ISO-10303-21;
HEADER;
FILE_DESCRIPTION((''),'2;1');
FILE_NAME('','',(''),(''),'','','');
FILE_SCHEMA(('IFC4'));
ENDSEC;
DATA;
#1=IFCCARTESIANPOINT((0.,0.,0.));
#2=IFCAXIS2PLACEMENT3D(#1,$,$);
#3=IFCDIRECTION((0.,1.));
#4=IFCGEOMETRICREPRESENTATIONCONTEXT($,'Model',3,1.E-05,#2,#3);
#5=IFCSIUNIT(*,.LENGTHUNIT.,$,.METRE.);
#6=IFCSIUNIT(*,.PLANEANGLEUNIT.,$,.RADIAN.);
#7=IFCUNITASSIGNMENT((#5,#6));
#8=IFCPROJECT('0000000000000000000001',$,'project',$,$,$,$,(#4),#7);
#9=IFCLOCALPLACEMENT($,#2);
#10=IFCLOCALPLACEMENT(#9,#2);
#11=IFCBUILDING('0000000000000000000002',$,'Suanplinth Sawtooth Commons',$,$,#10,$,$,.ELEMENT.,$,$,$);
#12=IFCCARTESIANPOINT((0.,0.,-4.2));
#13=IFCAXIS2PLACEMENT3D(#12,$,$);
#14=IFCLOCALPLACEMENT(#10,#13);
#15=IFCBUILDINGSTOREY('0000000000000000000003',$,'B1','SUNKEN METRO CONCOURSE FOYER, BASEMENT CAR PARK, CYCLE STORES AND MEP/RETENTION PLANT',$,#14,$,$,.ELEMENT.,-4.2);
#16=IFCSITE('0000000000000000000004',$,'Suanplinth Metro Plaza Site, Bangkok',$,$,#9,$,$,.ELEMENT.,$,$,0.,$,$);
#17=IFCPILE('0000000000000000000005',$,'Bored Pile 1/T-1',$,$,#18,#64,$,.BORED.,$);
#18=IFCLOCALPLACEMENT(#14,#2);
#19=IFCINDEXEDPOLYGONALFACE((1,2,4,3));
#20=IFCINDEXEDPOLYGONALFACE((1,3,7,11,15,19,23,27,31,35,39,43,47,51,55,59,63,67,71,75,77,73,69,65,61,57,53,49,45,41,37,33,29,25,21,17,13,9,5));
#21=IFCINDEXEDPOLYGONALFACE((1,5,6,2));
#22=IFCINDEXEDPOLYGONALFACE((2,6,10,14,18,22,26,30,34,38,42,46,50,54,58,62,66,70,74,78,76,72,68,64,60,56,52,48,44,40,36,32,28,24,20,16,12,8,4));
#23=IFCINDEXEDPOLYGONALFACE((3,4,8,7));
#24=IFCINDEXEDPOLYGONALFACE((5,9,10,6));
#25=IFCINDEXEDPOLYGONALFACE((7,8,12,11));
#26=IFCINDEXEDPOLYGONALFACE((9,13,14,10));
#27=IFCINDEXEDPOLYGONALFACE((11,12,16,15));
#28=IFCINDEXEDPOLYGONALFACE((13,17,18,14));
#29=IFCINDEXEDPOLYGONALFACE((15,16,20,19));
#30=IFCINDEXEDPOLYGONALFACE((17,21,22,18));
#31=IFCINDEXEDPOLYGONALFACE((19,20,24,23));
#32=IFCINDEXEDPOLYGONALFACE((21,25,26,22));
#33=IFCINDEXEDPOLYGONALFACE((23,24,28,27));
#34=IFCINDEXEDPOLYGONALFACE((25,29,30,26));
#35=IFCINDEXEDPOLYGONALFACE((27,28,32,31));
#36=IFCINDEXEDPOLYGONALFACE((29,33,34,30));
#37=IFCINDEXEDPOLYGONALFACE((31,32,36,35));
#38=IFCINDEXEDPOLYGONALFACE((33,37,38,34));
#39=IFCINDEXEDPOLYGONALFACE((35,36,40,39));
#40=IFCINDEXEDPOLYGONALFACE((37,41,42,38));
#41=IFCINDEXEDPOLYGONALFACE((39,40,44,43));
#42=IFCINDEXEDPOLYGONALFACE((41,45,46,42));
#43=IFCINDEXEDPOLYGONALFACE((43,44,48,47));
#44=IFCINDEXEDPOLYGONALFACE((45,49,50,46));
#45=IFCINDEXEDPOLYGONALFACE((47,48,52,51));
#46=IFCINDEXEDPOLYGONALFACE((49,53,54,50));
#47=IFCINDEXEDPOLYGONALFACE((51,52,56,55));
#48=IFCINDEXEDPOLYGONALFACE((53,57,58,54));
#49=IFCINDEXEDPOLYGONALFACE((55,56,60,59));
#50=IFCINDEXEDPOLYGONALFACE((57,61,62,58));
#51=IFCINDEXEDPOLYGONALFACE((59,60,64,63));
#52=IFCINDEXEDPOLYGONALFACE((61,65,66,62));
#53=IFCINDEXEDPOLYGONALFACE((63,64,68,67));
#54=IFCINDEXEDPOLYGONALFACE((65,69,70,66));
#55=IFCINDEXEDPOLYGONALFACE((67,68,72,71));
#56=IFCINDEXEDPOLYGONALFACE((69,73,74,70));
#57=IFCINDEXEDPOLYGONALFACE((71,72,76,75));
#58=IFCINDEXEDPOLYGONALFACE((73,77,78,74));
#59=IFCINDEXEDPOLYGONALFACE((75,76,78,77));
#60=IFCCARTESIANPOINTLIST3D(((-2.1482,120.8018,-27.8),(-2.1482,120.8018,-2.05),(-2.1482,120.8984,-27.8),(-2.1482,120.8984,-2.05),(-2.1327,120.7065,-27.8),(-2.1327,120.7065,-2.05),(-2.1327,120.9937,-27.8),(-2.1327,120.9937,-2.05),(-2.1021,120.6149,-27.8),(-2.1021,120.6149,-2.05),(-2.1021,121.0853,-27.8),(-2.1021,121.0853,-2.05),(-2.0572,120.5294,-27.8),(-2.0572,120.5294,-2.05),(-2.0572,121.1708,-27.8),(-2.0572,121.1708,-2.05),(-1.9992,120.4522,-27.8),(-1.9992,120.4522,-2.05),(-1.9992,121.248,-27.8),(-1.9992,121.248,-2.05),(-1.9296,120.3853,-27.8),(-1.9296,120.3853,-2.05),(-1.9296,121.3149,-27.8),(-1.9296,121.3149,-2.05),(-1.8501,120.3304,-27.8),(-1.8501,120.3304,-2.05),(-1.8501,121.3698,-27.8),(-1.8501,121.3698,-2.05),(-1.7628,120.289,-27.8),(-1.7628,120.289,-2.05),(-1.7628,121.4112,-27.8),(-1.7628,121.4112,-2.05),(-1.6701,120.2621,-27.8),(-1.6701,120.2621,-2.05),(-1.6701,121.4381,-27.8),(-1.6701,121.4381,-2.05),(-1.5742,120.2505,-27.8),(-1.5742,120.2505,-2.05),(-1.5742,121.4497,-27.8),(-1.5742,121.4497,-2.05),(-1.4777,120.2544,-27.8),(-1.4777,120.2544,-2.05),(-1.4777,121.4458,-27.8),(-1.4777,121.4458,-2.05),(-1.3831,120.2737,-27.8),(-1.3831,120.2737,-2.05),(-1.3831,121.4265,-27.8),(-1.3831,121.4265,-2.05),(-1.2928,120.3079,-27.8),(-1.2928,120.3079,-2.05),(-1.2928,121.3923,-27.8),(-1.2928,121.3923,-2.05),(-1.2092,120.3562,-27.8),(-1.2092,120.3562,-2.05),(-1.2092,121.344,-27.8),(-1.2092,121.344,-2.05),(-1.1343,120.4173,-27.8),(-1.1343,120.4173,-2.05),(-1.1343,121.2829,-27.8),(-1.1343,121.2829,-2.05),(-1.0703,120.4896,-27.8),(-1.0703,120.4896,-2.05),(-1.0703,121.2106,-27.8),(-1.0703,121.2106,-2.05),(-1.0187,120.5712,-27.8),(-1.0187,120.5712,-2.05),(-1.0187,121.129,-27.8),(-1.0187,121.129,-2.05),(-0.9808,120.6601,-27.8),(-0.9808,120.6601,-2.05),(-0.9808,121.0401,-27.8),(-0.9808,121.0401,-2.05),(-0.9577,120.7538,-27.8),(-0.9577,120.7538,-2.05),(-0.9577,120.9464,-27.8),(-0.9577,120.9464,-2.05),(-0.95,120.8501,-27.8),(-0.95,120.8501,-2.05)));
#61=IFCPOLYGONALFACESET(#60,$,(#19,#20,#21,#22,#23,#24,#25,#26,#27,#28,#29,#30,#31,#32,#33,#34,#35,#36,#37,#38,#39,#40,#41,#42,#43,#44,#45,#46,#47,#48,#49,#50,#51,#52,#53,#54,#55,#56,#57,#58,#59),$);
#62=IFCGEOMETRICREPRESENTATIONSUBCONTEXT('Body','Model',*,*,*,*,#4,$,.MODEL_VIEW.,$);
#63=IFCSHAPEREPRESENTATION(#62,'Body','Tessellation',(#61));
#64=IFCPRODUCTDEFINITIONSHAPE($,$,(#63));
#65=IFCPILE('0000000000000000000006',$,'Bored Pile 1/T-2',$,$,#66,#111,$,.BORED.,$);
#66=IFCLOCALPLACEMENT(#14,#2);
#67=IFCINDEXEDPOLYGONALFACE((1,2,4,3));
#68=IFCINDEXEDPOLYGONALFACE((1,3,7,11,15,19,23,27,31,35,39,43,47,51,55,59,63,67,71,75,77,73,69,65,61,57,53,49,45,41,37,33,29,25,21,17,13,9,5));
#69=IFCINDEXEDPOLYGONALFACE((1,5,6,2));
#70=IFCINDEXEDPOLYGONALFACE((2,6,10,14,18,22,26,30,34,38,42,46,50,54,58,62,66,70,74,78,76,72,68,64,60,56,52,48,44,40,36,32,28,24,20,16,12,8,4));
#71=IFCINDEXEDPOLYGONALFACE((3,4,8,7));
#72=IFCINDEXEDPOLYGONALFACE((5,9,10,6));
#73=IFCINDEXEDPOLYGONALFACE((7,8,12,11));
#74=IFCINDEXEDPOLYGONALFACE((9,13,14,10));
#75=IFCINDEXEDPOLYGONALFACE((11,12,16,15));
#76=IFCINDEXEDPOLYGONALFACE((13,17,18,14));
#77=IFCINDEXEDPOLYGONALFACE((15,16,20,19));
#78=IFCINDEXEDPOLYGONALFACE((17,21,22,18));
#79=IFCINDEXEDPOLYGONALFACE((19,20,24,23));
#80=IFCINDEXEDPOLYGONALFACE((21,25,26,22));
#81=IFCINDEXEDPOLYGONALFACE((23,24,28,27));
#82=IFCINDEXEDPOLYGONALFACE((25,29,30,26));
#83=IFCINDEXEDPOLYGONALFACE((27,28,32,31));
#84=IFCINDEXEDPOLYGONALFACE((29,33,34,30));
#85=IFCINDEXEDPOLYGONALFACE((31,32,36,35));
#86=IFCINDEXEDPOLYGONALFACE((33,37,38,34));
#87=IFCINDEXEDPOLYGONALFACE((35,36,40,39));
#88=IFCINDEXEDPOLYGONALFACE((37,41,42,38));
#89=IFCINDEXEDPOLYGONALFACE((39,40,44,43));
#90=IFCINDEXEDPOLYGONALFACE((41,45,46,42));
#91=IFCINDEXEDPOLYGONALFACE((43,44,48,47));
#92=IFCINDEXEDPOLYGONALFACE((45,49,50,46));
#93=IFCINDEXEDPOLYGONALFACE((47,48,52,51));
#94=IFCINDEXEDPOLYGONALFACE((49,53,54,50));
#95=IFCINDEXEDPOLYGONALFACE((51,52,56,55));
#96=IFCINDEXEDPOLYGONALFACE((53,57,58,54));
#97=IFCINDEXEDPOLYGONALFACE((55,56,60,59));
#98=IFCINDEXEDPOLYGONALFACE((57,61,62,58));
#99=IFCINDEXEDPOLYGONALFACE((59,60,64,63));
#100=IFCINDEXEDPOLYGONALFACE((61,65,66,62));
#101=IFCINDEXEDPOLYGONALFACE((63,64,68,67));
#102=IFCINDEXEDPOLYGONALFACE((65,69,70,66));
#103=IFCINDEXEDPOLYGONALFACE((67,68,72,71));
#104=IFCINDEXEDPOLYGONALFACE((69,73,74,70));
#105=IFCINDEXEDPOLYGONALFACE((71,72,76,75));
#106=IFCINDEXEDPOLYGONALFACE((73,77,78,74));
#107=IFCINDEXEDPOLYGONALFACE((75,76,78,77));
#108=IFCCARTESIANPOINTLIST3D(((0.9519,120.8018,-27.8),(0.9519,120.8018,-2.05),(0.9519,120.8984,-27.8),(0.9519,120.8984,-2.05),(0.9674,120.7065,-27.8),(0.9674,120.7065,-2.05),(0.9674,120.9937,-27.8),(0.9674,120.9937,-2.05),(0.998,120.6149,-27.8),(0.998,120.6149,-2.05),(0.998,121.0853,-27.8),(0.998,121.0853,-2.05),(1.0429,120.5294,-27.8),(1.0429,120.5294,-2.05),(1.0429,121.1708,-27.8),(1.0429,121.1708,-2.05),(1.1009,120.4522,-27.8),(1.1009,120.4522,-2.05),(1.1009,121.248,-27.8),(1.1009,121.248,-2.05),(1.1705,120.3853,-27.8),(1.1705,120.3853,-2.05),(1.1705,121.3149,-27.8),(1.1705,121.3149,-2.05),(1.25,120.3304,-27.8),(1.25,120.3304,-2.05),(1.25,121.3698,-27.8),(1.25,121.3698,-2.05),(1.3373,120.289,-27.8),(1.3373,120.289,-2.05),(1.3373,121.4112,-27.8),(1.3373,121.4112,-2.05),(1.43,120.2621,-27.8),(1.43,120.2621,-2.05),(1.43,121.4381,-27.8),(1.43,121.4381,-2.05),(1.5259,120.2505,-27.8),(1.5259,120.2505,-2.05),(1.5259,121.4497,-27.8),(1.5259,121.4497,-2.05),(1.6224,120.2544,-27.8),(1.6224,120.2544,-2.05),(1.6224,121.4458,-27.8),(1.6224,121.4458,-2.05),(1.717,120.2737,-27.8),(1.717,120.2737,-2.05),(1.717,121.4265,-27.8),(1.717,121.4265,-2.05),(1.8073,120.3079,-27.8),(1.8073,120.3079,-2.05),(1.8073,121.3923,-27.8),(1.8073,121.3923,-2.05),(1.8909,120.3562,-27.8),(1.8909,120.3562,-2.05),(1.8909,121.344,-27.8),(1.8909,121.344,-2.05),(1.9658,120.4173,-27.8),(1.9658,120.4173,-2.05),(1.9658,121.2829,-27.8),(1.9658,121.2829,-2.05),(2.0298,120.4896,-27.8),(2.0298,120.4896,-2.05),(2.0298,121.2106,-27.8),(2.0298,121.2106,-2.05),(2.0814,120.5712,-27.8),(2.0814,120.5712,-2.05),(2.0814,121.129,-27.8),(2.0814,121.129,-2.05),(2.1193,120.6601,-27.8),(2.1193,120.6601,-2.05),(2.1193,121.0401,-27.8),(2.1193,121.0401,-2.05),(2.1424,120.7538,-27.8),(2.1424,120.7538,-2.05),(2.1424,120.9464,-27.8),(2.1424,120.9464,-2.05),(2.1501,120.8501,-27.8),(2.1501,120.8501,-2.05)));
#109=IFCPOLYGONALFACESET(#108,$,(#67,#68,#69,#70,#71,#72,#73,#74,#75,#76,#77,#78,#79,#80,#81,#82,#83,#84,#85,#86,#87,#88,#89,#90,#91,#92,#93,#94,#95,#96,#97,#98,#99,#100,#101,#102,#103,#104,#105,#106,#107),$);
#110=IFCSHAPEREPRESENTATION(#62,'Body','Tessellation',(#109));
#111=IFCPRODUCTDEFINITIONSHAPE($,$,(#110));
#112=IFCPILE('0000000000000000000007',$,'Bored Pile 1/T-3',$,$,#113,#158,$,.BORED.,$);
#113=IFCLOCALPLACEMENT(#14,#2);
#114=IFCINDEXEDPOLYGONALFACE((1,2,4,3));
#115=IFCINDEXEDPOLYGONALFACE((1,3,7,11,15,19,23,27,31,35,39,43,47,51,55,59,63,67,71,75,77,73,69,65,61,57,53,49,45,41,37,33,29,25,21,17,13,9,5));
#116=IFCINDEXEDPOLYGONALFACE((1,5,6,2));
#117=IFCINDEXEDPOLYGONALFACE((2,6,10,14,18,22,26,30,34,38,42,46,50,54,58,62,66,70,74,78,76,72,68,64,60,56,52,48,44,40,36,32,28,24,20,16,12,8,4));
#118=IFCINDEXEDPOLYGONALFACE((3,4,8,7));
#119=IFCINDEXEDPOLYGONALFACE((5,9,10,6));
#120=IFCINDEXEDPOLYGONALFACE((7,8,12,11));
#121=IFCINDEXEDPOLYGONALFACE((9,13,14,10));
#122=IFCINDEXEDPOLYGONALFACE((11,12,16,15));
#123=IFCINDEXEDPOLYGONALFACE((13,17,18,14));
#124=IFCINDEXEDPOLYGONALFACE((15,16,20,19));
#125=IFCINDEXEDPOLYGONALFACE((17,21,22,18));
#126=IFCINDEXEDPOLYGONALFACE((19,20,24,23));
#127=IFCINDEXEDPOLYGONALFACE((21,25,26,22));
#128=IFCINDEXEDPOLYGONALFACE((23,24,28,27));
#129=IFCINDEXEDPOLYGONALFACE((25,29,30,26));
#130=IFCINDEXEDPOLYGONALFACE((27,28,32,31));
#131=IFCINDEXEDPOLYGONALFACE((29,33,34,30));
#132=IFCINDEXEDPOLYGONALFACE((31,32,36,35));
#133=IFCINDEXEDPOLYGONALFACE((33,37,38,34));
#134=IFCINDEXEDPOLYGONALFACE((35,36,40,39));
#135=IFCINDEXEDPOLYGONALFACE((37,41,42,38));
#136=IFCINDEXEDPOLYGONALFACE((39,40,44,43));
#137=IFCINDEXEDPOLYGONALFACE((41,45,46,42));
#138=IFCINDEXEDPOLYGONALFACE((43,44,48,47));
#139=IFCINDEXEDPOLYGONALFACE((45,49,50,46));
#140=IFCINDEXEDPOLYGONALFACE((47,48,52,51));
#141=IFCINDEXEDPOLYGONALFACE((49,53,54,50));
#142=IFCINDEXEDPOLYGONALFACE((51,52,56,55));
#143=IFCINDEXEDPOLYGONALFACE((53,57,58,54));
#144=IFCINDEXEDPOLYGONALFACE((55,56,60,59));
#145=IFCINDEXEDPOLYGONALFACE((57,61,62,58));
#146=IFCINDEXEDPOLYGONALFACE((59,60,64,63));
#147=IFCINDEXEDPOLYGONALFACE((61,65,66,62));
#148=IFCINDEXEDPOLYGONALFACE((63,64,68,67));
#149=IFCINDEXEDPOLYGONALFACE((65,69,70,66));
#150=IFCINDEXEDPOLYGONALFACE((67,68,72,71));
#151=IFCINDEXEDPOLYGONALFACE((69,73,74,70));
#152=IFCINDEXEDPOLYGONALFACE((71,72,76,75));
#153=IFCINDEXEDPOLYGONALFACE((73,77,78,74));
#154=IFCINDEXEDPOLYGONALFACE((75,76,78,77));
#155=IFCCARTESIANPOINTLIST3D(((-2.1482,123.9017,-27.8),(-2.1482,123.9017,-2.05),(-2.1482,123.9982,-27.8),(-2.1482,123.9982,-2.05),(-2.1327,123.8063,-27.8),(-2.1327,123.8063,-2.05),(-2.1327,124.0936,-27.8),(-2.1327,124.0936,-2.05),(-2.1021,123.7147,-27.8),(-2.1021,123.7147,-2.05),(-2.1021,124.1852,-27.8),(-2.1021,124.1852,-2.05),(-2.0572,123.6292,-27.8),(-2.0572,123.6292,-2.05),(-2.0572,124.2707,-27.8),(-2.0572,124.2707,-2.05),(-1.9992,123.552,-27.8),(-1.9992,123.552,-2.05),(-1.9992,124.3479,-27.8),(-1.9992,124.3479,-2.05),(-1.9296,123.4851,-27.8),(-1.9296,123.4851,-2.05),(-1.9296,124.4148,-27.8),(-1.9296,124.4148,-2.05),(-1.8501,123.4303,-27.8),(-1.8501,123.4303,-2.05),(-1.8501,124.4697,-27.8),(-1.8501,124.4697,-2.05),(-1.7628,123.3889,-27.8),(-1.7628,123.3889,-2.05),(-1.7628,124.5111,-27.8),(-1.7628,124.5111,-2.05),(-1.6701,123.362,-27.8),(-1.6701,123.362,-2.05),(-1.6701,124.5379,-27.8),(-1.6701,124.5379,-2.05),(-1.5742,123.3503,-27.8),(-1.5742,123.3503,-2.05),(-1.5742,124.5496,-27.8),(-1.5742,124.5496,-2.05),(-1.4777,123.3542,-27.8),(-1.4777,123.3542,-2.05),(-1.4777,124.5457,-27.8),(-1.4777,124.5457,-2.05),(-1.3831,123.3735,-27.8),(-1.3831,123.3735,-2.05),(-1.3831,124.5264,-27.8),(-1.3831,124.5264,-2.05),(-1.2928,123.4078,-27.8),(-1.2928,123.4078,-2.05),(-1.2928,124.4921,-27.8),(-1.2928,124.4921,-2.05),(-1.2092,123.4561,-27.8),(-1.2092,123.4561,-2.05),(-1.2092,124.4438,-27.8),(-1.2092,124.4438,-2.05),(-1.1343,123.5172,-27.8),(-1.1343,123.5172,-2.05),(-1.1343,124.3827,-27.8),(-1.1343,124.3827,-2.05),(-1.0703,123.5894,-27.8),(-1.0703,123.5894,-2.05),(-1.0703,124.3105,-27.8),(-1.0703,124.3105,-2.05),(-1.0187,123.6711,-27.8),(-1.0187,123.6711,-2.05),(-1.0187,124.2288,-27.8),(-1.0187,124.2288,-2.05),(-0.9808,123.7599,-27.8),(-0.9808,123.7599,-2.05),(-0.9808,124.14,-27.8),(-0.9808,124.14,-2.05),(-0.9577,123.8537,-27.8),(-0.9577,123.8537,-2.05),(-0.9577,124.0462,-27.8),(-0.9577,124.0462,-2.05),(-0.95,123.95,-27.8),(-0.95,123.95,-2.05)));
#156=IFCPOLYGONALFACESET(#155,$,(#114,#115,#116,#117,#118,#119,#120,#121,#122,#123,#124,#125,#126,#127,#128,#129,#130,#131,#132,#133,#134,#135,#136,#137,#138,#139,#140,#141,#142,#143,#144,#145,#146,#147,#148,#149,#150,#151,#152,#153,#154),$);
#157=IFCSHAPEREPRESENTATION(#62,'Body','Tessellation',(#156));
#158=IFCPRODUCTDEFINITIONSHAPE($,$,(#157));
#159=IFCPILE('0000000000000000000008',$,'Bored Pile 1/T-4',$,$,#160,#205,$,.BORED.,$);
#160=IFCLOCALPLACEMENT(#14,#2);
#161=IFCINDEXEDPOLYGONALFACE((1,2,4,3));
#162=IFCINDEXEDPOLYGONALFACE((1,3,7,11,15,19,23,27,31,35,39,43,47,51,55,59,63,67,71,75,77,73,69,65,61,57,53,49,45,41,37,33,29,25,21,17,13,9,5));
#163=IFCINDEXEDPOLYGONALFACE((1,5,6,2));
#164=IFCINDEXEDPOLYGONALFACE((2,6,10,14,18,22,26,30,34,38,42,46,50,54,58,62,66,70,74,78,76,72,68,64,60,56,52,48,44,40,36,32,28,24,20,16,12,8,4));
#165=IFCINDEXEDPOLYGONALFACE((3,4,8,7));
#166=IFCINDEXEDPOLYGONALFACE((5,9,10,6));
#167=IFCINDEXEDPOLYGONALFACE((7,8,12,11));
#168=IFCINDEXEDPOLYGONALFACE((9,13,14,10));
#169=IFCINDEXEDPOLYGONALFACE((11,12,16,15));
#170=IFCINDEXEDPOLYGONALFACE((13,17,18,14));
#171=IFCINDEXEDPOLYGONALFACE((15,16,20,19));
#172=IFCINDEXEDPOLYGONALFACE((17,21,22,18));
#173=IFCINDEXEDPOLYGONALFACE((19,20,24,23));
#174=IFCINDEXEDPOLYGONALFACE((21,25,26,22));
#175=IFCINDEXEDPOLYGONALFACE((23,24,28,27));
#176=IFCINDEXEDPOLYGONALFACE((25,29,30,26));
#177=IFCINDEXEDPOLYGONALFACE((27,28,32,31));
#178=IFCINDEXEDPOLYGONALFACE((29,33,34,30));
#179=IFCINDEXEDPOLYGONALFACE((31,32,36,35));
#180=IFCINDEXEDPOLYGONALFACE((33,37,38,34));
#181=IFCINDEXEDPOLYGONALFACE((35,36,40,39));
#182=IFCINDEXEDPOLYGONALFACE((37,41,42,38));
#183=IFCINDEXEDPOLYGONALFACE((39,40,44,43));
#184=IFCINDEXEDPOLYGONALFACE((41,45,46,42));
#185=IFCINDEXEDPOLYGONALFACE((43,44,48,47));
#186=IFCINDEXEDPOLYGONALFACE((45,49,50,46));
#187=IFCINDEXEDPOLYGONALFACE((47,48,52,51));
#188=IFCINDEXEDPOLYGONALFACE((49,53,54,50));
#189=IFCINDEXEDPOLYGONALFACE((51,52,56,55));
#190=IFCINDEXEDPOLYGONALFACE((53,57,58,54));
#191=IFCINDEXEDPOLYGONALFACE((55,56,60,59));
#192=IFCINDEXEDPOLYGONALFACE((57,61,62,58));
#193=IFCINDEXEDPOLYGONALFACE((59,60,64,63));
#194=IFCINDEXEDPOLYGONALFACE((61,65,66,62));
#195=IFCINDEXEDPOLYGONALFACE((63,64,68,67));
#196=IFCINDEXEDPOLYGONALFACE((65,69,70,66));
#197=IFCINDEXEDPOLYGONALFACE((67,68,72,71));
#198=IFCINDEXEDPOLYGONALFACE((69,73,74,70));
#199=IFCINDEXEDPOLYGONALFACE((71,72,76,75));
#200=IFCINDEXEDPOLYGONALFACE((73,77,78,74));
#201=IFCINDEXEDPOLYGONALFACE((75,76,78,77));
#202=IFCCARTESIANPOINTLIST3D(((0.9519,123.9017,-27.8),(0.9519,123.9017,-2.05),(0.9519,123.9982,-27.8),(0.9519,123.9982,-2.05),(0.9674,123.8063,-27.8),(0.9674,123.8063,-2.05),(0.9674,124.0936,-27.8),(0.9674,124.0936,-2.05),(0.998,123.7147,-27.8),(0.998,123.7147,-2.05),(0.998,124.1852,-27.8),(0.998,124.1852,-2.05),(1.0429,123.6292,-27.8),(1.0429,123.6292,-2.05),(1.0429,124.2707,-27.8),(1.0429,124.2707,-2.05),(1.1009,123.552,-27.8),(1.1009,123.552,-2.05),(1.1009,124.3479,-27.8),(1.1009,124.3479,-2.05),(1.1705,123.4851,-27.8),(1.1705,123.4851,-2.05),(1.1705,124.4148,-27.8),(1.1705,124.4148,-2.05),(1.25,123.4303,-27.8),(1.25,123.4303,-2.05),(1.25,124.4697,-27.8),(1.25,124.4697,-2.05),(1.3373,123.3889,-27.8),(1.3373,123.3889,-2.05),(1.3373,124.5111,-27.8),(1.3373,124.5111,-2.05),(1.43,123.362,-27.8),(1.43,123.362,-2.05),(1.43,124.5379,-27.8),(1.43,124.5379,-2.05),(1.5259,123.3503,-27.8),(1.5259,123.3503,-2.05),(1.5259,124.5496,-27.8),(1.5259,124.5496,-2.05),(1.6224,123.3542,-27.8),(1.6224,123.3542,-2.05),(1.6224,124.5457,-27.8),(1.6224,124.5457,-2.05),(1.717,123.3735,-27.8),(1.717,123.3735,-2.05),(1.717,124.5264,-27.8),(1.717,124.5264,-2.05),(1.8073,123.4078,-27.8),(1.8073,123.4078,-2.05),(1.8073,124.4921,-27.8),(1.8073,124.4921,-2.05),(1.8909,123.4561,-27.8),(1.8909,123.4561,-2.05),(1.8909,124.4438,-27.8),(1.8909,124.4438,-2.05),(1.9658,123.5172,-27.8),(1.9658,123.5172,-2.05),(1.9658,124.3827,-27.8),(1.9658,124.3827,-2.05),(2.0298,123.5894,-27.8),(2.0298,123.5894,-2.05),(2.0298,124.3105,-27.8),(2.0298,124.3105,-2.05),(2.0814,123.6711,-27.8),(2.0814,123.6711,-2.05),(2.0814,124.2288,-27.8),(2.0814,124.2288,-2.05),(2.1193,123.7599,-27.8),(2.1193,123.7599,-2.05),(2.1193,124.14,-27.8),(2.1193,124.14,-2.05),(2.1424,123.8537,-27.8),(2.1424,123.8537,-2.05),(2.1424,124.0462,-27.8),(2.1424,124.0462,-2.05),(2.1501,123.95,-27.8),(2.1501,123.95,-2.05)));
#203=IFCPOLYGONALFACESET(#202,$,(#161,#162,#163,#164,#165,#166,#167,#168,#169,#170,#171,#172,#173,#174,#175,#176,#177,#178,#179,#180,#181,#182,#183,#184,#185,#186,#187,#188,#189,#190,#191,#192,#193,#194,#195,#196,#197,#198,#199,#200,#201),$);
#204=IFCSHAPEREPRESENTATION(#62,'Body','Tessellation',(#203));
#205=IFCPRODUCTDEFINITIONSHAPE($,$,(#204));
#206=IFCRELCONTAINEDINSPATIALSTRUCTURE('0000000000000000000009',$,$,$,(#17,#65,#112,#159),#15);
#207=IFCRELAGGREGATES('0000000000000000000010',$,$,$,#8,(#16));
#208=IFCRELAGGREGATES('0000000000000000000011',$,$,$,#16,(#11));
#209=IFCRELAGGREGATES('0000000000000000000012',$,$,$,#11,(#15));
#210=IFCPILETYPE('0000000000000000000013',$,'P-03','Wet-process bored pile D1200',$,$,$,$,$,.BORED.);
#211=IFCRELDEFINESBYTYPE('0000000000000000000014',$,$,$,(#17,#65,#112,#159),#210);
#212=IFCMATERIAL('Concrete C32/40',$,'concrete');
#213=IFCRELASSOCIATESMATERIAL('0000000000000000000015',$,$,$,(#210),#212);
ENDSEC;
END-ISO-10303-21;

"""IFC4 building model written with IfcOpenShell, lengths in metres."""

from ifc_helpers import new_model, si_unit, direction, frame, origin, origin_2d, place, context, subcontext, project, spatial, circle, extrude, material, material_profile, profile_set, type_object, element, save


model = new_model("IFC4")

# Units and contexts
model_context = context("Model", 3, precision=1e-05, world=origin(), true_north=direction((0.0, 1.0)))
body_context = subcontext(model_context, "Body", "Model", "MODEL_VIEW")
ifc_project = project(units=[si_unit("LENGTHUNIT", "METRE"), si_unit("PLANEANGLEUNIT", "RADIAN")], contexts=[model_context])

# Site, building, storey
site_placement = place(None, origin())
site = spatial("IfcSite", under=ifc_project, at=site_placement, Name="Suanplinth Metro Plaza Site, Bangkok", CompositionType="ELEMENT", RefElevation=0.0)
building_placement = place(site_placement, origin())
building = spatial("IfcBuilding", under=site, at=building_placement, Name="Suanplinth Sawtooth Commons", CompositionType="ELEMENT")
storey_placement = place(building_placement, frame((0.0, 0.0, -4.2)))
storey = spatial("IfcBuildingStorey", under=building, at=storey_placement, Name="B1", Description="SUNKEN METRO CONCOURSE FOYER, BASEMENT CAR PARK, CYCLE STORES AND MEP/RETENTION PLANT", CompositionType="ELEMENT", Elevation=-4.2)

# Piles
ifc_material_1 = material(Name="Concrete C32/40", Category="concrete")
ifc_material_profile_1 = material_profile(ifc_material_1, circle(Radius=0.6001, at=origin_2d()), Name="PILE D1200")
ifc_profile_set_1 = profile_set([ifc_material_profile_1], Name="Concrete C32/40")
pile_type = type_object("IfcPileType", Name="P-03", Description="Wet-process bored pile D1200", PredefinedType="BORED", material=ifc_profile_set_1)
for number, where, z_axis, x_axis, name in (
    (1, (-1.55, 120.8501, -2.05), (0.0, 0.0, -1.0), (1.0, 0.0, 0.0), "Bored Pile 1/T-1"),
    (2, (1.55, 120.8501, -2.05), (0.0, 0.0, -1.0), (1.0, 0.0, 0.0), "Bored Pile 1/T-2"),
    (3, (-1.55, 123.95, -2.05), (0.0, 0.0, -1.0), (1.0, 0.0, 0.0), "Bored Pile 1/T-3"),
    (4, (1.55, 123.95, -2.05), (0.0, 0.0, -1.0), (1.0, 0.0, 0.0), "Bored Pile 1/T-4"),
):
    element("IfcPile", number, at=place(storey_placement, frame(where, z_axis=z_axis, x_axis=x_axis)), inside=storey, type_object=pile_type, Name=name, PredefinedType="BORED", context=body_context, shape_type="SweptSolid", body=[
        extrude(circle(Radius=0.6001, at=origin_2d()), origin(), (0.0, 0.0, 1.0), 25.75),
    ])

save(model, "model.ifc")
